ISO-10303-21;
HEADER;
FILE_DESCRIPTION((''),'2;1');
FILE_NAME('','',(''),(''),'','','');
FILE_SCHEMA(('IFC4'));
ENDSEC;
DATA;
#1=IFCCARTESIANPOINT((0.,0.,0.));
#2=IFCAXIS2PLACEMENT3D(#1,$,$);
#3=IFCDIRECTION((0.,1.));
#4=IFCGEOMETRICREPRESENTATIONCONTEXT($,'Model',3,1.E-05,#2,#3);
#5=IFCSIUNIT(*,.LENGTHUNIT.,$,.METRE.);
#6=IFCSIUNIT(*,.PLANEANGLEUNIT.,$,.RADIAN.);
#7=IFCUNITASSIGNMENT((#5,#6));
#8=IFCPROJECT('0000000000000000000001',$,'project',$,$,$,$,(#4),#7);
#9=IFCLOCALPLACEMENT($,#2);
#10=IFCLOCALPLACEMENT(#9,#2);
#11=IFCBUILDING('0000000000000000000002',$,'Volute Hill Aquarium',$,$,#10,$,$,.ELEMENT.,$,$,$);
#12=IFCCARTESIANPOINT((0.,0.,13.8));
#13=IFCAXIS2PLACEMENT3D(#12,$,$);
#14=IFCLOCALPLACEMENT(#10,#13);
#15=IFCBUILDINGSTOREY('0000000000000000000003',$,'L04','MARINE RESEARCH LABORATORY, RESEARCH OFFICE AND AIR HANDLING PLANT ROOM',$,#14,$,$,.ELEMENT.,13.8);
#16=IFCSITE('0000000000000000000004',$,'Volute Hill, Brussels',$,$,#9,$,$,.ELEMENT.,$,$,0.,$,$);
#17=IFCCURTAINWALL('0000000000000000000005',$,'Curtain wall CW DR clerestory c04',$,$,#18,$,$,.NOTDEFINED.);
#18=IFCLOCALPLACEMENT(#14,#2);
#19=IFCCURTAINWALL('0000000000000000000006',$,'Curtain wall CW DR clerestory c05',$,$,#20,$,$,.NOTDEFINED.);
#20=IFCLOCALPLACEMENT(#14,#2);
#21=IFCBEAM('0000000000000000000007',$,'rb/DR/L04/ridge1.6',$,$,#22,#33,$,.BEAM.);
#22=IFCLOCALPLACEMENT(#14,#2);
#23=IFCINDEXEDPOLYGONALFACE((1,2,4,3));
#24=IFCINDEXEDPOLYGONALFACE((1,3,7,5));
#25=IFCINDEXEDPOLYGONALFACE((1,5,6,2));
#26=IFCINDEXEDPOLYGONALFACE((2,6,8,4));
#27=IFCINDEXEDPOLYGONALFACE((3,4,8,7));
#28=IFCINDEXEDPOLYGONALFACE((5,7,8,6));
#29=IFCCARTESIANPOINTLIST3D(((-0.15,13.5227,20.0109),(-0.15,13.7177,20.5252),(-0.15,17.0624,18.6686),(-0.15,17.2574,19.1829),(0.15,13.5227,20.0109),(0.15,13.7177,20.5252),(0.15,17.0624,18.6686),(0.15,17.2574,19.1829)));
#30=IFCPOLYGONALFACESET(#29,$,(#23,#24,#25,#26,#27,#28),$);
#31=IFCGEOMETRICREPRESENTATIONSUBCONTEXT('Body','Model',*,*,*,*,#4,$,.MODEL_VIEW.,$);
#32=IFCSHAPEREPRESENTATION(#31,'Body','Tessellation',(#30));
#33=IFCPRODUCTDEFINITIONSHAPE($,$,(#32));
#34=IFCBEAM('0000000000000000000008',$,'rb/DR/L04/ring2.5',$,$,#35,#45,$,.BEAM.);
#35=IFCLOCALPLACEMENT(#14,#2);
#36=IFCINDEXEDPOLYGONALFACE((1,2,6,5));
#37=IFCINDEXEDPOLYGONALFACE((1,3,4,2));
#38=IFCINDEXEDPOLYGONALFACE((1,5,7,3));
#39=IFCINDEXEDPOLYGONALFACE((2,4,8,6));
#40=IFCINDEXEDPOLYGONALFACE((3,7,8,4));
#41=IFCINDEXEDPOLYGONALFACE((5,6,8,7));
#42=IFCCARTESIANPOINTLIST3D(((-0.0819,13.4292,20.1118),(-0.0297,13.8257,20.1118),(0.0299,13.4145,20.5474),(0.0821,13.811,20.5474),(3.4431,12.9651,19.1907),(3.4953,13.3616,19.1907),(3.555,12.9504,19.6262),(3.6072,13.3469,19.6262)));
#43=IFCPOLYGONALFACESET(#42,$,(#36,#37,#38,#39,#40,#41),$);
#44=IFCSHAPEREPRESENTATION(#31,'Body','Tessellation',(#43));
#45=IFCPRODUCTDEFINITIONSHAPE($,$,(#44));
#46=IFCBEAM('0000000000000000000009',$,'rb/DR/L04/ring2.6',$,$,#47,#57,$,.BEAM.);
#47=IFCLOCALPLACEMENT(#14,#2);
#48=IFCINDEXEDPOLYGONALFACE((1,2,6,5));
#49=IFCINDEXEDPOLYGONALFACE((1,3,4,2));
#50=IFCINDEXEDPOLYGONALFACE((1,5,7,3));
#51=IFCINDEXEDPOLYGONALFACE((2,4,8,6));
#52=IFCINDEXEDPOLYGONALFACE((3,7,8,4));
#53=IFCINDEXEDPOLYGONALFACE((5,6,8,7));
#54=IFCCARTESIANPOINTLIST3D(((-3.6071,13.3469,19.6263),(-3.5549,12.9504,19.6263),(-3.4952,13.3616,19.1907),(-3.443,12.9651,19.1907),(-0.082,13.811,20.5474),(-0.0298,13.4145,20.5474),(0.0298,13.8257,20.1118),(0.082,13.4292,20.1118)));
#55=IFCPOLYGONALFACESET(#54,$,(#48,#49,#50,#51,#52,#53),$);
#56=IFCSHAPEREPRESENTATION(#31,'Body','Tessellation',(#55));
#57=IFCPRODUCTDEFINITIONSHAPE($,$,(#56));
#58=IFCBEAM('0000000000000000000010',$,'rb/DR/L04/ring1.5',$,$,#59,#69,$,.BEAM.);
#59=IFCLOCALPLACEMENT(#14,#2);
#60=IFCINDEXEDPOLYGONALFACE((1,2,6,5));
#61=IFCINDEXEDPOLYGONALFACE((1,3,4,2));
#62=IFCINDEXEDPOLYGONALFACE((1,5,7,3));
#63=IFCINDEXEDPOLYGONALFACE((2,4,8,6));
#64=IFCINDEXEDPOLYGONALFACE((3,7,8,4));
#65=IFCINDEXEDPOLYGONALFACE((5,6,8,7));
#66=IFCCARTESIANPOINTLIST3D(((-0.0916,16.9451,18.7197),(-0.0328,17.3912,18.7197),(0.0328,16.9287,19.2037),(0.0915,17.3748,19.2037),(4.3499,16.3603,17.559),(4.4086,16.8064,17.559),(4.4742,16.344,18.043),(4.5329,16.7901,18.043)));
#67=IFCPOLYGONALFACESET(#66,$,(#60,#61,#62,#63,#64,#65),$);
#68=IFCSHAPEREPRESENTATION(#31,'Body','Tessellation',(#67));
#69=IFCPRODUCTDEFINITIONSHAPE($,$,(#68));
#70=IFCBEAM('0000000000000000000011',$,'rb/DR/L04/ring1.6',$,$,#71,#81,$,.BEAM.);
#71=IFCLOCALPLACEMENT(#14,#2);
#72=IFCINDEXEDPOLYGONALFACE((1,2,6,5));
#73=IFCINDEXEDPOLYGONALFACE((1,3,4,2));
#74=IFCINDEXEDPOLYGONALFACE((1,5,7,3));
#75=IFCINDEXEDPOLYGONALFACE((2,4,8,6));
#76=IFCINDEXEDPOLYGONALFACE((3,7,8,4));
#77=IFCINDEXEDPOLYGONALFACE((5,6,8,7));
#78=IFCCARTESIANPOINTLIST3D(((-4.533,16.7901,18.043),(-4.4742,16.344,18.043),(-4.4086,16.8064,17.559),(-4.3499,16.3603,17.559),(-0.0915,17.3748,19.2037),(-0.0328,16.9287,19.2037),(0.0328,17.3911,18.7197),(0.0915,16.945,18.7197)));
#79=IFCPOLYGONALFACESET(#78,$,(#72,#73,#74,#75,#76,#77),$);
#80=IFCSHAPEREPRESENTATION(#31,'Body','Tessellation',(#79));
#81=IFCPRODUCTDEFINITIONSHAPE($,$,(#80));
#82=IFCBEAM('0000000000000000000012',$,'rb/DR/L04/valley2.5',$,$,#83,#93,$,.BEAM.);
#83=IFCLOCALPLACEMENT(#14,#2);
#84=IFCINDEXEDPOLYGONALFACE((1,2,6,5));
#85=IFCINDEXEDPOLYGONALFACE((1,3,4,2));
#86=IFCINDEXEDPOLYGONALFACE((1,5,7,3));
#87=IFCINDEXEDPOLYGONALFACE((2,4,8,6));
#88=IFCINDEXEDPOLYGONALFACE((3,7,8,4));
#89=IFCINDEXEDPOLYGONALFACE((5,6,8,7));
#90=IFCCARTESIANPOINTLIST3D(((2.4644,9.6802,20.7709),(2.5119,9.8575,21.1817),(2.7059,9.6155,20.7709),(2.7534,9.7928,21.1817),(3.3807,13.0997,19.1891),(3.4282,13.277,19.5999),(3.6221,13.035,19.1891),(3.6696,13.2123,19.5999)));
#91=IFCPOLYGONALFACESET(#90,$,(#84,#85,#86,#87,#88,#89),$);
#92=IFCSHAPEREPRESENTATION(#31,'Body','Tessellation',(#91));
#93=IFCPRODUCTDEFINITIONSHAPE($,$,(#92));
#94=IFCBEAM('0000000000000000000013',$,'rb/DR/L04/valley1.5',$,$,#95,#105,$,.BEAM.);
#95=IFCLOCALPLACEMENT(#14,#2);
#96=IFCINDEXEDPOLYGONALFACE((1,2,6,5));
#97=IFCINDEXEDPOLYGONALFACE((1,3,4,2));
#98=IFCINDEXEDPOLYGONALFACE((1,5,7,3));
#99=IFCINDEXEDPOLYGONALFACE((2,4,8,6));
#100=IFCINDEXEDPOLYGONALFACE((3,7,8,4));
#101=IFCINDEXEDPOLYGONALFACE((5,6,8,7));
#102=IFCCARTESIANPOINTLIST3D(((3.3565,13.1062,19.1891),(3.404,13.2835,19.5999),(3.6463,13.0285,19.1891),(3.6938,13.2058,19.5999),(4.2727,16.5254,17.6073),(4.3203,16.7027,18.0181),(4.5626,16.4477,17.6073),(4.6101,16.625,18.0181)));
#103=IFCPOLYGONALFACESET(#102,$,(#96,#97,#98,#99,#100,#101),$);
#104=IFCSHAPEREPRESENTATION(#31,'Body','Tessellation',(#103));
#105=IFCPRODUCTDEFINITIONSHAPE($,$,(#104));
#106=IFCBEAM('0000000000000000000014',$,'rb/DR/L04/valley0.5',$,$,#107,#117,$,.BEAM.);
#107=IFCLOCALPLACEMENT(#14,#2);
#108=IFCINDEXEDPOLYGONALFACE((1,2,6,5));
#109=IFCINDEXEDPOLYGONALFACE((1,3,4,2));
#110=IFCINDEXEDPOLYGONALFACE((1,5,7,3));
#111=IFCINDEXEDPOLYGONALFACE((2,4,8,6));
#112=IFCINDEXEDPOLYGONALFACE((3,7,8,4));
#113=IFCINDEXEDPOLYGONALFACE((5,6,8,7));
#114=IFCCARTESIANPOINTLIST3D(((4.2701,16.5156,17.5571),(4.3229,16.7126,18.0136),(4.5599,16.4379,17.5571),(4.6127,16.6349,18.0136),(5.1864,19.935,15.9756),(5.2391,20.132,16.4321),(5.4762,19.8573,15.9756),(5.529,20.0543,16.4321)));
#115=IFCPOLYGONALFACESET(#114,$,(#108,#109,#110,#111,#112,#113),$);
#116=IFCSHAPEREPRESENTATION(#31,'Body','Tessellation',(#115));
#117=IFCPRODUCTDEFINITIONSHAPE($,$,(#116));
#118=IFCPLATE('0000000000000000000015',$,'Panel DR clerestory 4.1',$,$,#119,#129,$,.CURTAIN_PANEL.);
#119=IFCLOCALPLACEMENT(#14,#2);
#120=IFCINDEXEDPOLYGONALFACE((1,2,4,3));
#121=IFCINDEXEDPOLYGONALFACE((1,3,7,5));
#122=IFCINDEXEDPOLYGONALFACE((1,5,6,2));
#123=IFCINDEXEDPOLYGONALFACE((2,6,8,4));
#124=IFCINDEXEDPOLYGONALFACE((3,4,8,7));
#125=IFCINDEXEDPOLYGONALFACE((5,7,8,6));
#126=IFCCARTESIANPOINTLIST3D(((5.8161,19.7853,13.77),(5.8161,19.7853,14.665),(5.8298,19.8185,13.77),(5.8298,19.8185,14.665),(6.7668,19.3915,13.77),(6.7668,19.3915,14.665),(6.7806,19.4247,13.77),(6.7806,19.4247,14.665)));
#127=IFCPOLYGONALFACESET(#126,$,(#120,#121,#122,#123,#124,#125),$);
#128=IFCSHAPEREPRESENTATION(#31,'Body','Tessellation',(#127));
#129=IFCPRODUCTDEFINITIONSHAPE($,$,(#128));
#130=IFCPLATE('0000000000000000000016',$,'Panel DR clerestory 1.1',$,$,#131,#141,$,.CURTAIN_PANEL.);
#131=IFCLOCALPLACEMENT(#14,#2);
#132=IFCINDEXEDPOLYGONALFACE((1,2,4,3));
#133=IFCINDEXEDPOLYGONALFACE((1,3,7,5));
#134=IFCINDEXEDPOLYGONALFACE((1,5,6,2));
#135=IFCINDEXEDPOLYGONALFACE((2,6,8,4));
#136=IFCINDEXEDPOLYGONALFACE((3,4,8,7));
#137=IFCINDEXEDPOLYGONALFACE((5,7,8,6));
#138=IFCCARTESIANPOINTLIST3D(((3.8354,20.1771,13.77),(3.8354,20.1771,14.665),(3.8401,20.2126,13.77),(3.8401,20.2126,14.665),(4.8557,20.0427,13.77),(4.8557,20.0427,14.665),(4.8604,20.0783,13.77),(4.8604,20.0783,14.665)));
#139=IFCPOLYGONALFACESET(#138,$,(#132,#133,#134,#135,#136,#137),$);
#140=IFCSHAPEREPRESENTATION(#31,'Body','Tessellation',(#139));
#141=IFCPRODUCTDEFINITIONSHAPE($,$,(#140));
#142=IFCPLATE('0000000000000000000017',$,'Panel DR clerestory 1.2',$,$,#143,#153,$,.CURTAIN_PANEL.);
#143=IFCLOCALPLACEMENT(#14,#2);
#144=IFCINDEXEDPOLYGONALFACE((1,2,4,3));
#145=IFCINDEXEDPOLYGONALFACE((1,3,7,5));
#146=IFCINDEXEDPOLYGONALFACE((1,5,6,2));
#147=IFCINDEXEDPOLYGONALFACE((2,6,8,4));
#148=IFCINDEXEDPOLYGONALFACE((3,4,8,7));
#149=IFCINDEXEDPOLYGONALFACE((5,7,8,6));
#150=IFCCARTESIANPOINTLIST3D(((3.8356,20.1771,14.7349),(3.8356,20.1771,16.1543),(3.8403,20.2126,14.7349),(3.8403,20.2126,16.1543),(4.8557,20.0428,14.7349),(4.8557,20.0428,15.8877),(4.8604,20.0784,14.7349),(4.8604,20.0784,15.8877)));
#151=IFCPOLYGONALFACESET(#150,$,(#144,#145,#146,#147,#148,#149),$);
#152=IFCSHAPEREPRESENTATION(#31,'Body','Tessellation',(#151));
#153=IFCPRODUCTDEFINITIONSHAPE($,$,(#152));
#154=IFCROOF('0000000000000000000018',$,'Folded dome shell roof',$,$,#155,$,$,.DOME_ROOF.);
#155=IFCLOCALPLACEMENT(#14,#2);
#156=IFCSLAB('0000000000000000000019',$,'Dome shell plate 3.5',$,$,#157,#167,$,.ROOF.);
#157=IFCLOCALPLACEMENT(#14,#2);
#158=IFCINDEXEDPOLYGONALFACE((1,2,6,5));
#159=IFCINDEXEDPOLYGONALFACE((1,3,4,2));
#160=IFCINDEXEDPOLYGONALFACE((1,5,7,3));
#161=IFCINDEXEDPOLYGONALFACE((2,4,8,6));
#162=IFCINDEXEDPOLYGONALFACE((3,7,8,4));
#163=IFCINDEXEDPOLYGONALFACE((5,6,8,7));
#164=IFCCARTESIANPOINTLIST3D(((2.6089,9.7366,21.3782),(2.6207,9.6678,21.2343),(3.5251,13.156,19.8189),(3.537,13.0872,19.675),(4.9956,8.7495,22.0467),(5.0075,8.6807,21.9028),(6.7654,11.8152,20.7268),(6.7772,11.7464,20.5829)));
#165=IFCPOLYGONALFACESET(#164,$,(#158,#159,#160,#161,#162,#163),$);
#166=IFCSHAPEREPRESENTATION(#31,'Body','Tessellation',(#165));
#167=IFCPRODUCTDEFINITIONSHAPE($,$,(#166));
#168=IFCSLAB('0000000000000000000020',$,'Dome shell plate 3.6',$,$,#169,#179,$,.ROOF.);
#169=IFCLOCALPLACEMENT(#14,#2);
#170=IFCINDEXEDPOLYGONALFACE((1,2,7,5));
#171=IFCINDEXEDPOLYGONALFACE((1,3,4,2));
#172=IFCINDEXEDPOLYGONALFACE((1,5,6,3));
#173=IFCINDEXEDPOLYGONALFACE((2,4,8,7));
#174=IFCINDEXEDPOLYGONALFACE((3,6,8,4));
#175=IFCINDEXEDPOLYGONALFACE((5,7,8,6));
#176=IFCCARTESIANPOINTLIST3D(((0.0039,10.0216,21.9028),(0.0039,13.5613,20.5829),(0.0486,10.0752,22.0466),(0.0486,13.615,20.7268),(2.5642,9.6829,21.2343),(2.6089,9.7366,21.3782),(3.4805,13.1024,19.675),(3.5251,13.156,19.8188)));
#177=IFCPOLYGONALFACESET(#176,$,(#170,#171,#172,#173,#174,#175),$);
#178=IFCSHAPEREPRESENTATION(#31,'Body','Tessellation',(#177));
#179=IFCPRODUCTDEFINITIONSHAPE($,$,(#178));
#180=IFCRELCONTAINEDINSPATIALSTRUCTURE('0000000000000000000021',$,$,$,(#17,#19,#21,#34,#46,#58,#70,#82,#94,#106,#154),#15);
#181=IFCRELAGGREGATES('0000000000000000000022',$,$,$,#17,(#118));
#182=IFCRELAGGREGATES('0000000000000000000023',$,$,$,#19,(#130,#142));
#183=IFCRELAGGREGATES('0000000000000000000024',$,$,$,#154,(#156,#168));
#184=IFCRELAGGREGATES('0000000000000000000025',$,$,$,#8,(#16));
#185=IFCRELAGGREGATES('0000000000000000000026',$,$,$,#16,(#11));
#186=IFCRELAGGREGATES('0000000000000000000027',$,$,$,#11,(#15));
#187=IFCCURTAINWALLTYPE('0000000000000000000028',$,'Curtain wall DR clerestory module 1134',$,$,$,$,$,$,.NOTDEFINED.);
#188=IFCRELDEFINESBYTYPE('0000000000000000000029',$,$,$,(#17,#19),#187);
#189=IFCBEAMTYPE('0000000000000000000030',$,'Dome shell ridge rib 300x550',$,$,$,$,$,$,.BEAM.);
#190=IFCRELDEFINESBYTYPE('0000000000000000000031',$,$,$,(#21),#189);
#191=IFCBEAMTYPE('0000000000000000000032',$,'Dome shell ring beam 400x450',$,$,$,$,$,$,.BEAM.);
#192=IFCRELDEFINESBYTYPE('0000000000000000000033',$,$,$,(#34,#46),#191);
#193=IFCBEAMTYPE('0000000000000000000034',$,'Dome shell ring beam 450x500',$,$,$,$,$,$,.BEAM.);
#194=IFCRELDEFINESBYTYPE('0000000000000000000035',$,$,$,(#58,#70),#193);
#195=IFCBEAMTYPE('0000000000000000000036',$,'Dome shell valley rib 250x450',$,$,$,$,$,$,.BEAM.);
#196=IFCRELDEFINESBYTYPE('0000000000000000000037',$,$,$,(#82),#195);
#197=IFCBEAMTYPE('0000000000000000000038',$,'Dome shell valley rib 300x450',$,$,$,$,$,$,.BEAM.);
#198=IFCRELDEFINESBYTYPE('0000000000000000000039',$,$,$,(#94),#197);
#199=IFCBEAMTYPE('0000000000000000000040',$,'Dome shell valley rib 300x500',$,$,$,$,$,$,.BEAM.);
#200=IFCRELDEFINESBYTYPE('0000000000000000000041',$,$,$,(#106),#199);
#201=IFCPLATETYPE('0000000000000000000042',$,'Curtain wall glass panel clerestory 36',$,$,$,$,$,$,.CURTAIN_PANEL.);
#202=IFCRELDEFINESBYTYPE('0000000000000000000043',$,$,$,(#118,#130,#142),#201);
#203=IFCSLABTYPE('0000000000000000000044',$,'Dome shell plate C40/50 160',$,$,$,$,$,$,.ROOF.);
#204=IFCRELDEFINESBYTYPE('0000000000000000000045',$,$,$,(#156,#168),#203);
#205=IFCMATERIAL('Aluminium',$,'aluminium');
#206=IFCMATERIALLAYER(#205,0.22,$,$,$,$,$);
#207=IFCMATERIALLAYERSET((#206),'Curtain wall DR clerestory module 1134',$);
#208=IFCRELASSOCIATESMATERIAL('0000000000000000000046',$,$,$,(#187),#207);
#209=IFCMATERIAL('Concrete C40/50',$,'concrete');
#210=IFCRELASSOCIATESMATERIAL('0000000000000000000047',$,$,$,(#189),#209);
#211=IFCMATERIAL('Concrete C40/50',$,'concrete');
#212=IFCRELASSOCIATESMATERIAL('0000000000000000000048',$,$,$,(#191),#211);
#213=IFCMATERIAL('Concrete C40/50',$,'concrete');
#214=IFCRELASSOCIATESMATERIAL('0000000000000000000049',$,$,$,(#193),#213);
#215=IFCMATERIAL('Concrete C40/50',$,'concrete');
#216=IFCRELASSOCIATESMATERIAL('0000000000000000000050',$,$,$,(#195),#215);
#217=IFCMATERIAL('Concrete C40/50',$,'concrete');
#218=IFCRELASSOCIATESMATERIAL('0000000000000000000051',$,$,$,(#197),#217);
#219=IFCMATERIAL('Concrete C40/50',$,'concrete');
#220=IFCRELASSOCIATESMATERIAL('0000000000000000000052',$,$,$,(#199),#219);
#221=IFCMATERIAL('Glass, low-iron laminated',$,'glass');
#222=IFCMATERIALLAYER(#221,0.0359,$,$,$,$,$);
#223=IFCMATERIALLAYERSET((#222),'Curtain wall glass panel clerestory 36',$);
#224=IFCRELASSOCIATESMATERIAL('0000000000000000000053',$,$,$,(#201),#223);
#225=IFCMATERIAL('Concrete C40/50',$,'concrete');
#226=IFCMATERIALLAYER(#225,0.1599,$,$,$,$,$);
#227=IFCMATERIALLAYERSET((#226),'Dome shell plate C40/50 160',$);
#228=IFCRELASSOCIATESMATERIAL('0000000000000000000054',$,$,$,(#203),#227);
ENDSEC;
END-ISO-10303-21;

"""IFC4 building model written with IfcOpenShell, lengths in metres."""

from ifc_helpers import new_model, si_unit, direction, frame, origin, origin_2d, place, context, subcontext, project, spatial, polyline, rectangle, outline, extrude, material, layer, layer_set, material_profile, profile_set, type_object, element, aggregate, save


model = new_model("IFC4")

# Units and contexts
model_context = context("Model", 3, precision=1e-05, world=origin(), true_north=direction((0.0, 1.0)))
body_context = subcontext(model_context, "Body", "Model", "MODEL_VIEW")
ifc_project = project(units=[si_unit("LENGTHUNIT", "METRE"), si_unit("PLANEANGLEUNIT", "RADIAN")], contexts=[model_context])

# Site, building, storey
site_placement = place(None, origin())
site = spatial("IfcSite", under=ifc_project, at=site_placement, Name="Volute Hill, Brussels", CompositionType="ELEMENT", RefElevation=0.0)
building_placement = place(site_placement, origin())
building = spatial("IfcBuilding", under=site, at=building_placement, Name="Volute Hill Aquarium", CompositionType="ELEMENT")
storey_placement = place(building_placement, frame((0.0, 0.0, 13.8)))
storey = spatial("IfcBuildingStorey", under=building, at=storey_placement, Name="L04", Description="MARINE RESEARCH LABORATORY, RESEARCH OFFICE AND AIR HANDLING PLANT ROOM", CompositionType="ELEMENT", Elevation=13.8)

# Curtain wall
ifc_material_1 = material(Name="Aluminium", Category="aluminium")
ifc_layer_1 = layer(ifc_material_1, 0.22)
ifc_layer_set_1 = layer_set([ifc_layer_1], Name="Curtain wall DR clerestory module 1134")
curtain_wall_type = type_object("IfcCurtainWallType", Name="Curtain wall DR clerestory module 1134", PredefinedType="NOTDEFINED", material=ifc_layer_set_1)
curtain_wall_1_placement = place(storey_placement, origin())
curtain_wall_1 = element("IfcCurtainWall", 1, at=curtain_wall_1_placement, inside=storey, type_object=curtain_wall_type, Name="Curtain wall CW DR clerestory c04", PredefinedType="NOTDEFINED")

# Curtain wall
curtain_wall_2_placement = place(storey_placement, origin())
curtain_wall_2 = element("IfcCurtainWall", 2, at=curtain_wall_2_placement, inside=storey, type_object=curtain_wall_type, Name="Curtain wall CW DR clerestory c05", PredefinedType="NOTDEFINED")

# Beams
ifc_material_2 = material(Name="Concrete C40/50", Category="concrete")
ifc_material_profile_1 = material_profile(ifc_material_2, rectangle(XDim=0.3, YDim=0.55, at=origin_2d()), Name="RC rib 300x550")
ifc_profile_set_1 = profile_set([ifc_material_profile_1], Name="Concrete C40/50")
beam_type_1 = type_object("IfcBeamType", Name="Dome shell ridge rib 300x550", PredefinedType="BEAM", material=ifc_profile_set_1)
beam_1_placement = place(storey_placement, frame((0.0, 17.1599, 18.9258), z_axis=(0.0, -0.935032, 0.354563), x_axis=(1.0, 0.0, 0.0)))
element("IfcBeam", 3, at=beam_1_placement, inside=storey, type_object=beam_type_1, Name="rb/DR/L04/ridge1.6", PredefinedType="BEAM", context=body_context, shape_type="SweptSolid", body=[
    extrude(rectangle(XDim=0.3, YDim=0.55, at=origin_2d()), origin(), (0.0, 0.0, 1.0), 3.7856),
])
ifc_material_3 = material(Name="Concrete C40/50", Category="concrete")
ifc_material_profile_2 = material_profile(ifc_material_3, rectangle(XDim=0.3999, YDim=0.45, at=origin_2d()), Name="RC beam 400x450")
ifc_profile_set_2 = profile_set([ifc_material_profile_2], Name="Concrete C40/50")
beam_type_2 = type_object("IfcBeamType", Name="Dome shell ring beam 400x450", PredefinedType="BEAM", material=ifc_profile_set_2)
for number, where, z_axis, x_axis, name in (
    (4, (3.5251, 13.156, 19.4084), (-0.959759, 0.126359, 0.250791), (-0.130531, -0.991444, 0.0), "rb/DR/L04/ring2.5"),
    (5, (0.0, 13.6201, 20.3296), (-0.959759, -0.126359, -0.250791), (0.130531, -0.991444, 0.0), "rb/DR/L04/ring2.6"),
):
    element("IfcBeam", number, at=place(storey_placement, frame(where, z_axis=z_axis, x_axis=x_axis)), inside=storey, type_object=beam_type_2, Name=name, PredefinedType="BEAM", context=body_context, shape_type="SweptSolid", body=[
        extrude(rectangle(XDim=0.3999, YDim=0.45, at=origin_2d()), origin(), (0.0, 0.0, 1.0), 3.6729),
    ])
ifc_material_4 = material(Name="Concrete C40/50", Category="concrete")
ifc_material_profile_3 = material_profile(ifc_material_4, rectangle(XDim=0.45, YDim=0.5, at=origin_2d()), Name="RC beam 450x500")
ifc_profile_set_3 = profile_set([ifc_material_profile_3], Name="Concrete C40/50")
beam_type_3 = type_object("IfcBeamType", Name="Dome shell ring beam 450x500", PredefinedType="BEAM", material=ifc_profile_set_3)
for number, where, z_axis, x_axis, name in (
    (6, (4.4414, 16.5752, 17.801), (-0.959756, 0.126353, 0.250807), (-0.130525, -0.991445, 0.0), "rb/DR/L04/ring1.5"),
    (7, (0.0, 17.1599, 18.9617), (-0.959756, -0.126353, -0.250807), (0.130525, -0.991445, 0.0), "rb/DR/L04/ring1.6"),
):
    element("IfcBeam", number, at=place(storey_placement, frame(where, z_axis=z_axis, x_axis=x_axis)), inside=storey, type_object=beam_type_3, Name=name, PredefinedType="BEAM", context=body_context, shape_type="SweptSolid", body=[
        extrude(rectangle(XDim=0.45, YDim=0.5, at=origin_2d()), origin(), (0.0, 0.0, 1.0), 4.6277),
    ])
ifc_material_5 = material(Name="Concrete C40/50", Category="concrete")
ifc_material_profile_4 = material_profile(ifc_material_5, rectangle(XDim=0.25, YDim=0.45, at=origin_2d()), Name="RC rib 250x450")
ifc_profile_set_4 = profile_set([ifc_material_profile_4], Name="Concrete C40/50")
beam_type_4 = type_object("IfcBeamType", Name="Dome shell valley rib 250x450", PredefinedType="BEAM", material=ifc_profile_set_4)
beam_2_placement = place(storey_placement, frame((3.5251, 13.156, 19.3945), z_axis=(-0.236309, -0.881892, 0.407952), x_axis=(0.965924, -0.258826, 0.0)))
element("IfcBeam", 8, at=beam_2_placement, inside=storey, type_object=beam_type_4, Name="rb/DR/L04/valley2.5", PredefinedType="BEAM", context=body_context, shape_type="SweptSolid", body=[
    extrude(rectangle(XDim=0.25, YDim=0.45, at=origin_2d()), origin(), (0.0, 0.0, 1.0), 3.8774),
])
ifc_material_6 = material(Name="Concrete C40/50", Category="concrete")
ifc_material_profile_5 = material_profile(ifc_material_6, rectangle(XDim=0.3, YDim=0.45, at=origin_2d()), Name="RC rib 300x450")
ifc_profile_set_5 = profile_set([ifc_material_profile_5], Name="Concrete C40/50")
beam_type_5 = type_object("IfcBeamType", Name="Dome shell valley rib 300x450", PredefinedType="BEAM", material=ifc_profile_set_5)
beam_3_placement = place(storey_placement, frame((4.4414, 16.5752, 17.8127), z_axis=(-0.236322, -0.881878, 0.407975), x_axis=(0.965919, -0.258843, 0.0)))
element("IfcBeam", 9, at=beam_3_placement, inside=storey, type_object=beam_type_5, Name="rb/DR/L04/valley1.5", PredefinedType="BEAM", context=body_context, shape_type="SweptSolid", body=[
    extrude(rectangle(XDim=0.3, YDim=0.45, at=origin_2d()), origin(), (0.0, 0.0, 1.0), 3.8772),
])
ifc_material_7 = material(Name="Concrete C40/50", Category="concrete")
ifc_material_profile_6 = material_profile(ifc_material_7, rectangle(XDim=0.3, YDim=0.5, at=origin_2d()), Name="RC rib 300x500")
ifc_profile_set_6 = profile_set([ifc_material_profile_6], Name="Concrete C40/50")
beam_type_6 = type_object("IfcBeamType", Name="Dome shell valley rib 300x500", PredefinedType="BEAM", material=ifc_profile_set_6)
beam_4_placement = place(storey_placement, frame((5.3577, 19.9946, 16.2039), z_axis=(-0.236315, -0.881915, 0.4079), x_axis=(0.965924, -0.258826, 0.0)))
element("IfcBeam", 10, at=beam_4_placement, inside=storey, type_object=beam_type_6, Name="rb/DR/L04/valley0.5", PredefinedType="BEAM", context=body_context, shape_type="SweptSolid", body=[
    extrude(rectangle(XDim=0.3, YDim=0.5, at=origin_2d()), origin(), (0.0, 0.0, 1.0), 3.8772),
])

# Plates
ifc_material_8 = material(Name="Glass, low-iron laminated", Category="glass")
ifc_layer_2 = layer(ifc_material_8, 0.0359)
ifc_layer_set_2 = layer_set([ifc_layer_2], Name="Curtain wall glass panel clerestory 36")
plate_type = type_object("IfcPlateType", Name="Curtain wall glass panel clerestory 36", PredefinedType="CURTAIN_PANEL", material=ifc_layer_set_2)
plate_1_placement = place(storey_placement, frame((6.2983, 19.605, 13.77), z_axis=(0.0, 0.0, 1.0), x_axis=(-0.923874, 0.382696, 0.0)))
plate_1 = element("IfcPlate", 11, at=plate_1_placement, type_object=plate_type, Name="Panel DR clerestory 4.1", PredefinedType="CURTAIN_PANEL", context=body_context, shape_type="SweptSolid", body=[
    extrude(rectangle(XDim=1.0291, YDim=0.0359, at=origin_2d()), origin(), (0.0, 0.0, 1.0), 0.895),
])
aggregate(curtain_wall_1, [plate_1])
plate_2_placement = place(storey_placement, frame((4.3479, 20.1277, 13.77), z_axis=(0.0, 0.0, 1.0), x_axis=(-0.991446, 0.130519, 0.0)))
plate_2 = element("IfcPlate", 12, at=plate_2_placement, type_object=plate_type, Name="Panel DR clerestory 1.1", PredefinedType="CURTAIN_PANEL", context=body_context, shape_type="SweptSolid", body=[
    extrude(rectangle(XDim=1.0291, YDim=0.0359, at=origin_2d()), origin(), (0.0, 0.0, 1.0), 0.895),
])
plate_3_placement = place(storey_placement, frame((4.8604, 20.0784, 14.7349), z_axis=(0.130516, 0.991446, 0.0), x_axis=(-0.991446, 0.130516, 0.0)))
plate_3 = element("IfcPlate", 13, at=plate_3_placement, type_object=plate_type, Name="Panel DR clerestory 1.2", PredefinedType="CURTAIN_PANEL", context=body_context, shape_type="SweptSolid", body=[
    extrude(outline(polyline([(0.0, 0.0), (1.0288, 0.0), (1.0288, 1.4194), (0.0, 1.1528), (0.0, 0.0)])), origin(), (0.0, 0.0, -1.0), 0.0359),
])
aggregate(curtain_wall_2, [plate_2, plate_3])

# Roof, slabs
roof_placement = place(storey_placement, origin())
roof = element("IfcRoof", 14, at=roof_placement, inside=storey, Name="Folded dome shell roof", PredefinedType="DOME_ROOF")
ifc_material_9 = material(Name="Concrete C40/50", Category="concrete")
ifc_layer_3 = layer(ifc_material_9, 0.1599)
ifc_layer_set_3 = layer_set([ifc_layer_3], Name="Dome shell plate C40/50 160")
slab_type_1 = type_object("IfcSlabType", Name="Dome shell plate C40/50 160", PredefinedType="ROOF", material=ifc_layer_set_3)
slab_1_placement = place(storey_placement, frame((6.7654, 11.8152, 20.7268), z_axis=(-0.074111, 0.430137, 0.899716), x_axis=(-0.894516, 0.370157, -0.250648)))
slab_1 = element("IfcSlab", 15, at=slab_1_placement, type_object=slab_type_1, Name="Dome shell plate 3.5", PredefinedType="ROOF", context=body_context, shape_type="SweptSolid", body=[
    extrude(outline(polyline([(0.0, 0.0), (3.6223, 0.0), (2.7854, 3.7766), (0.1175, 3.7761), (0.0, 0.0)])), origin(), (0.0, 0.0, -1.0), 0.1599),
])
slab_2_placement = place(storey_placement, frame((3.5251, 13.156, 19.8188), z_axis=(0.279264, 0.335457, 0.899711), x_axis=(-0.959748, 0.126709, 0.250656)))
slab_2 = element("IfcSlab", 16, at=slab_2_placement, type_object=slab_type_1, Name="Dome shell plate 3.6", PredefinedType="ROOF", context=body_context, shape_type="SweptSolid", body=[
    extrude(outline(polyline([(0.0, 0.0), (3.6224, 0.0), (3.5047, 3.776), (0.837, 3.7766), (0.0, 0.0)])), origin(), (0.0, 0.0, -1.0), 0.1599),
])
aggregate(roof, [slab_1, slab_2])

save(model, "model.ifc")
